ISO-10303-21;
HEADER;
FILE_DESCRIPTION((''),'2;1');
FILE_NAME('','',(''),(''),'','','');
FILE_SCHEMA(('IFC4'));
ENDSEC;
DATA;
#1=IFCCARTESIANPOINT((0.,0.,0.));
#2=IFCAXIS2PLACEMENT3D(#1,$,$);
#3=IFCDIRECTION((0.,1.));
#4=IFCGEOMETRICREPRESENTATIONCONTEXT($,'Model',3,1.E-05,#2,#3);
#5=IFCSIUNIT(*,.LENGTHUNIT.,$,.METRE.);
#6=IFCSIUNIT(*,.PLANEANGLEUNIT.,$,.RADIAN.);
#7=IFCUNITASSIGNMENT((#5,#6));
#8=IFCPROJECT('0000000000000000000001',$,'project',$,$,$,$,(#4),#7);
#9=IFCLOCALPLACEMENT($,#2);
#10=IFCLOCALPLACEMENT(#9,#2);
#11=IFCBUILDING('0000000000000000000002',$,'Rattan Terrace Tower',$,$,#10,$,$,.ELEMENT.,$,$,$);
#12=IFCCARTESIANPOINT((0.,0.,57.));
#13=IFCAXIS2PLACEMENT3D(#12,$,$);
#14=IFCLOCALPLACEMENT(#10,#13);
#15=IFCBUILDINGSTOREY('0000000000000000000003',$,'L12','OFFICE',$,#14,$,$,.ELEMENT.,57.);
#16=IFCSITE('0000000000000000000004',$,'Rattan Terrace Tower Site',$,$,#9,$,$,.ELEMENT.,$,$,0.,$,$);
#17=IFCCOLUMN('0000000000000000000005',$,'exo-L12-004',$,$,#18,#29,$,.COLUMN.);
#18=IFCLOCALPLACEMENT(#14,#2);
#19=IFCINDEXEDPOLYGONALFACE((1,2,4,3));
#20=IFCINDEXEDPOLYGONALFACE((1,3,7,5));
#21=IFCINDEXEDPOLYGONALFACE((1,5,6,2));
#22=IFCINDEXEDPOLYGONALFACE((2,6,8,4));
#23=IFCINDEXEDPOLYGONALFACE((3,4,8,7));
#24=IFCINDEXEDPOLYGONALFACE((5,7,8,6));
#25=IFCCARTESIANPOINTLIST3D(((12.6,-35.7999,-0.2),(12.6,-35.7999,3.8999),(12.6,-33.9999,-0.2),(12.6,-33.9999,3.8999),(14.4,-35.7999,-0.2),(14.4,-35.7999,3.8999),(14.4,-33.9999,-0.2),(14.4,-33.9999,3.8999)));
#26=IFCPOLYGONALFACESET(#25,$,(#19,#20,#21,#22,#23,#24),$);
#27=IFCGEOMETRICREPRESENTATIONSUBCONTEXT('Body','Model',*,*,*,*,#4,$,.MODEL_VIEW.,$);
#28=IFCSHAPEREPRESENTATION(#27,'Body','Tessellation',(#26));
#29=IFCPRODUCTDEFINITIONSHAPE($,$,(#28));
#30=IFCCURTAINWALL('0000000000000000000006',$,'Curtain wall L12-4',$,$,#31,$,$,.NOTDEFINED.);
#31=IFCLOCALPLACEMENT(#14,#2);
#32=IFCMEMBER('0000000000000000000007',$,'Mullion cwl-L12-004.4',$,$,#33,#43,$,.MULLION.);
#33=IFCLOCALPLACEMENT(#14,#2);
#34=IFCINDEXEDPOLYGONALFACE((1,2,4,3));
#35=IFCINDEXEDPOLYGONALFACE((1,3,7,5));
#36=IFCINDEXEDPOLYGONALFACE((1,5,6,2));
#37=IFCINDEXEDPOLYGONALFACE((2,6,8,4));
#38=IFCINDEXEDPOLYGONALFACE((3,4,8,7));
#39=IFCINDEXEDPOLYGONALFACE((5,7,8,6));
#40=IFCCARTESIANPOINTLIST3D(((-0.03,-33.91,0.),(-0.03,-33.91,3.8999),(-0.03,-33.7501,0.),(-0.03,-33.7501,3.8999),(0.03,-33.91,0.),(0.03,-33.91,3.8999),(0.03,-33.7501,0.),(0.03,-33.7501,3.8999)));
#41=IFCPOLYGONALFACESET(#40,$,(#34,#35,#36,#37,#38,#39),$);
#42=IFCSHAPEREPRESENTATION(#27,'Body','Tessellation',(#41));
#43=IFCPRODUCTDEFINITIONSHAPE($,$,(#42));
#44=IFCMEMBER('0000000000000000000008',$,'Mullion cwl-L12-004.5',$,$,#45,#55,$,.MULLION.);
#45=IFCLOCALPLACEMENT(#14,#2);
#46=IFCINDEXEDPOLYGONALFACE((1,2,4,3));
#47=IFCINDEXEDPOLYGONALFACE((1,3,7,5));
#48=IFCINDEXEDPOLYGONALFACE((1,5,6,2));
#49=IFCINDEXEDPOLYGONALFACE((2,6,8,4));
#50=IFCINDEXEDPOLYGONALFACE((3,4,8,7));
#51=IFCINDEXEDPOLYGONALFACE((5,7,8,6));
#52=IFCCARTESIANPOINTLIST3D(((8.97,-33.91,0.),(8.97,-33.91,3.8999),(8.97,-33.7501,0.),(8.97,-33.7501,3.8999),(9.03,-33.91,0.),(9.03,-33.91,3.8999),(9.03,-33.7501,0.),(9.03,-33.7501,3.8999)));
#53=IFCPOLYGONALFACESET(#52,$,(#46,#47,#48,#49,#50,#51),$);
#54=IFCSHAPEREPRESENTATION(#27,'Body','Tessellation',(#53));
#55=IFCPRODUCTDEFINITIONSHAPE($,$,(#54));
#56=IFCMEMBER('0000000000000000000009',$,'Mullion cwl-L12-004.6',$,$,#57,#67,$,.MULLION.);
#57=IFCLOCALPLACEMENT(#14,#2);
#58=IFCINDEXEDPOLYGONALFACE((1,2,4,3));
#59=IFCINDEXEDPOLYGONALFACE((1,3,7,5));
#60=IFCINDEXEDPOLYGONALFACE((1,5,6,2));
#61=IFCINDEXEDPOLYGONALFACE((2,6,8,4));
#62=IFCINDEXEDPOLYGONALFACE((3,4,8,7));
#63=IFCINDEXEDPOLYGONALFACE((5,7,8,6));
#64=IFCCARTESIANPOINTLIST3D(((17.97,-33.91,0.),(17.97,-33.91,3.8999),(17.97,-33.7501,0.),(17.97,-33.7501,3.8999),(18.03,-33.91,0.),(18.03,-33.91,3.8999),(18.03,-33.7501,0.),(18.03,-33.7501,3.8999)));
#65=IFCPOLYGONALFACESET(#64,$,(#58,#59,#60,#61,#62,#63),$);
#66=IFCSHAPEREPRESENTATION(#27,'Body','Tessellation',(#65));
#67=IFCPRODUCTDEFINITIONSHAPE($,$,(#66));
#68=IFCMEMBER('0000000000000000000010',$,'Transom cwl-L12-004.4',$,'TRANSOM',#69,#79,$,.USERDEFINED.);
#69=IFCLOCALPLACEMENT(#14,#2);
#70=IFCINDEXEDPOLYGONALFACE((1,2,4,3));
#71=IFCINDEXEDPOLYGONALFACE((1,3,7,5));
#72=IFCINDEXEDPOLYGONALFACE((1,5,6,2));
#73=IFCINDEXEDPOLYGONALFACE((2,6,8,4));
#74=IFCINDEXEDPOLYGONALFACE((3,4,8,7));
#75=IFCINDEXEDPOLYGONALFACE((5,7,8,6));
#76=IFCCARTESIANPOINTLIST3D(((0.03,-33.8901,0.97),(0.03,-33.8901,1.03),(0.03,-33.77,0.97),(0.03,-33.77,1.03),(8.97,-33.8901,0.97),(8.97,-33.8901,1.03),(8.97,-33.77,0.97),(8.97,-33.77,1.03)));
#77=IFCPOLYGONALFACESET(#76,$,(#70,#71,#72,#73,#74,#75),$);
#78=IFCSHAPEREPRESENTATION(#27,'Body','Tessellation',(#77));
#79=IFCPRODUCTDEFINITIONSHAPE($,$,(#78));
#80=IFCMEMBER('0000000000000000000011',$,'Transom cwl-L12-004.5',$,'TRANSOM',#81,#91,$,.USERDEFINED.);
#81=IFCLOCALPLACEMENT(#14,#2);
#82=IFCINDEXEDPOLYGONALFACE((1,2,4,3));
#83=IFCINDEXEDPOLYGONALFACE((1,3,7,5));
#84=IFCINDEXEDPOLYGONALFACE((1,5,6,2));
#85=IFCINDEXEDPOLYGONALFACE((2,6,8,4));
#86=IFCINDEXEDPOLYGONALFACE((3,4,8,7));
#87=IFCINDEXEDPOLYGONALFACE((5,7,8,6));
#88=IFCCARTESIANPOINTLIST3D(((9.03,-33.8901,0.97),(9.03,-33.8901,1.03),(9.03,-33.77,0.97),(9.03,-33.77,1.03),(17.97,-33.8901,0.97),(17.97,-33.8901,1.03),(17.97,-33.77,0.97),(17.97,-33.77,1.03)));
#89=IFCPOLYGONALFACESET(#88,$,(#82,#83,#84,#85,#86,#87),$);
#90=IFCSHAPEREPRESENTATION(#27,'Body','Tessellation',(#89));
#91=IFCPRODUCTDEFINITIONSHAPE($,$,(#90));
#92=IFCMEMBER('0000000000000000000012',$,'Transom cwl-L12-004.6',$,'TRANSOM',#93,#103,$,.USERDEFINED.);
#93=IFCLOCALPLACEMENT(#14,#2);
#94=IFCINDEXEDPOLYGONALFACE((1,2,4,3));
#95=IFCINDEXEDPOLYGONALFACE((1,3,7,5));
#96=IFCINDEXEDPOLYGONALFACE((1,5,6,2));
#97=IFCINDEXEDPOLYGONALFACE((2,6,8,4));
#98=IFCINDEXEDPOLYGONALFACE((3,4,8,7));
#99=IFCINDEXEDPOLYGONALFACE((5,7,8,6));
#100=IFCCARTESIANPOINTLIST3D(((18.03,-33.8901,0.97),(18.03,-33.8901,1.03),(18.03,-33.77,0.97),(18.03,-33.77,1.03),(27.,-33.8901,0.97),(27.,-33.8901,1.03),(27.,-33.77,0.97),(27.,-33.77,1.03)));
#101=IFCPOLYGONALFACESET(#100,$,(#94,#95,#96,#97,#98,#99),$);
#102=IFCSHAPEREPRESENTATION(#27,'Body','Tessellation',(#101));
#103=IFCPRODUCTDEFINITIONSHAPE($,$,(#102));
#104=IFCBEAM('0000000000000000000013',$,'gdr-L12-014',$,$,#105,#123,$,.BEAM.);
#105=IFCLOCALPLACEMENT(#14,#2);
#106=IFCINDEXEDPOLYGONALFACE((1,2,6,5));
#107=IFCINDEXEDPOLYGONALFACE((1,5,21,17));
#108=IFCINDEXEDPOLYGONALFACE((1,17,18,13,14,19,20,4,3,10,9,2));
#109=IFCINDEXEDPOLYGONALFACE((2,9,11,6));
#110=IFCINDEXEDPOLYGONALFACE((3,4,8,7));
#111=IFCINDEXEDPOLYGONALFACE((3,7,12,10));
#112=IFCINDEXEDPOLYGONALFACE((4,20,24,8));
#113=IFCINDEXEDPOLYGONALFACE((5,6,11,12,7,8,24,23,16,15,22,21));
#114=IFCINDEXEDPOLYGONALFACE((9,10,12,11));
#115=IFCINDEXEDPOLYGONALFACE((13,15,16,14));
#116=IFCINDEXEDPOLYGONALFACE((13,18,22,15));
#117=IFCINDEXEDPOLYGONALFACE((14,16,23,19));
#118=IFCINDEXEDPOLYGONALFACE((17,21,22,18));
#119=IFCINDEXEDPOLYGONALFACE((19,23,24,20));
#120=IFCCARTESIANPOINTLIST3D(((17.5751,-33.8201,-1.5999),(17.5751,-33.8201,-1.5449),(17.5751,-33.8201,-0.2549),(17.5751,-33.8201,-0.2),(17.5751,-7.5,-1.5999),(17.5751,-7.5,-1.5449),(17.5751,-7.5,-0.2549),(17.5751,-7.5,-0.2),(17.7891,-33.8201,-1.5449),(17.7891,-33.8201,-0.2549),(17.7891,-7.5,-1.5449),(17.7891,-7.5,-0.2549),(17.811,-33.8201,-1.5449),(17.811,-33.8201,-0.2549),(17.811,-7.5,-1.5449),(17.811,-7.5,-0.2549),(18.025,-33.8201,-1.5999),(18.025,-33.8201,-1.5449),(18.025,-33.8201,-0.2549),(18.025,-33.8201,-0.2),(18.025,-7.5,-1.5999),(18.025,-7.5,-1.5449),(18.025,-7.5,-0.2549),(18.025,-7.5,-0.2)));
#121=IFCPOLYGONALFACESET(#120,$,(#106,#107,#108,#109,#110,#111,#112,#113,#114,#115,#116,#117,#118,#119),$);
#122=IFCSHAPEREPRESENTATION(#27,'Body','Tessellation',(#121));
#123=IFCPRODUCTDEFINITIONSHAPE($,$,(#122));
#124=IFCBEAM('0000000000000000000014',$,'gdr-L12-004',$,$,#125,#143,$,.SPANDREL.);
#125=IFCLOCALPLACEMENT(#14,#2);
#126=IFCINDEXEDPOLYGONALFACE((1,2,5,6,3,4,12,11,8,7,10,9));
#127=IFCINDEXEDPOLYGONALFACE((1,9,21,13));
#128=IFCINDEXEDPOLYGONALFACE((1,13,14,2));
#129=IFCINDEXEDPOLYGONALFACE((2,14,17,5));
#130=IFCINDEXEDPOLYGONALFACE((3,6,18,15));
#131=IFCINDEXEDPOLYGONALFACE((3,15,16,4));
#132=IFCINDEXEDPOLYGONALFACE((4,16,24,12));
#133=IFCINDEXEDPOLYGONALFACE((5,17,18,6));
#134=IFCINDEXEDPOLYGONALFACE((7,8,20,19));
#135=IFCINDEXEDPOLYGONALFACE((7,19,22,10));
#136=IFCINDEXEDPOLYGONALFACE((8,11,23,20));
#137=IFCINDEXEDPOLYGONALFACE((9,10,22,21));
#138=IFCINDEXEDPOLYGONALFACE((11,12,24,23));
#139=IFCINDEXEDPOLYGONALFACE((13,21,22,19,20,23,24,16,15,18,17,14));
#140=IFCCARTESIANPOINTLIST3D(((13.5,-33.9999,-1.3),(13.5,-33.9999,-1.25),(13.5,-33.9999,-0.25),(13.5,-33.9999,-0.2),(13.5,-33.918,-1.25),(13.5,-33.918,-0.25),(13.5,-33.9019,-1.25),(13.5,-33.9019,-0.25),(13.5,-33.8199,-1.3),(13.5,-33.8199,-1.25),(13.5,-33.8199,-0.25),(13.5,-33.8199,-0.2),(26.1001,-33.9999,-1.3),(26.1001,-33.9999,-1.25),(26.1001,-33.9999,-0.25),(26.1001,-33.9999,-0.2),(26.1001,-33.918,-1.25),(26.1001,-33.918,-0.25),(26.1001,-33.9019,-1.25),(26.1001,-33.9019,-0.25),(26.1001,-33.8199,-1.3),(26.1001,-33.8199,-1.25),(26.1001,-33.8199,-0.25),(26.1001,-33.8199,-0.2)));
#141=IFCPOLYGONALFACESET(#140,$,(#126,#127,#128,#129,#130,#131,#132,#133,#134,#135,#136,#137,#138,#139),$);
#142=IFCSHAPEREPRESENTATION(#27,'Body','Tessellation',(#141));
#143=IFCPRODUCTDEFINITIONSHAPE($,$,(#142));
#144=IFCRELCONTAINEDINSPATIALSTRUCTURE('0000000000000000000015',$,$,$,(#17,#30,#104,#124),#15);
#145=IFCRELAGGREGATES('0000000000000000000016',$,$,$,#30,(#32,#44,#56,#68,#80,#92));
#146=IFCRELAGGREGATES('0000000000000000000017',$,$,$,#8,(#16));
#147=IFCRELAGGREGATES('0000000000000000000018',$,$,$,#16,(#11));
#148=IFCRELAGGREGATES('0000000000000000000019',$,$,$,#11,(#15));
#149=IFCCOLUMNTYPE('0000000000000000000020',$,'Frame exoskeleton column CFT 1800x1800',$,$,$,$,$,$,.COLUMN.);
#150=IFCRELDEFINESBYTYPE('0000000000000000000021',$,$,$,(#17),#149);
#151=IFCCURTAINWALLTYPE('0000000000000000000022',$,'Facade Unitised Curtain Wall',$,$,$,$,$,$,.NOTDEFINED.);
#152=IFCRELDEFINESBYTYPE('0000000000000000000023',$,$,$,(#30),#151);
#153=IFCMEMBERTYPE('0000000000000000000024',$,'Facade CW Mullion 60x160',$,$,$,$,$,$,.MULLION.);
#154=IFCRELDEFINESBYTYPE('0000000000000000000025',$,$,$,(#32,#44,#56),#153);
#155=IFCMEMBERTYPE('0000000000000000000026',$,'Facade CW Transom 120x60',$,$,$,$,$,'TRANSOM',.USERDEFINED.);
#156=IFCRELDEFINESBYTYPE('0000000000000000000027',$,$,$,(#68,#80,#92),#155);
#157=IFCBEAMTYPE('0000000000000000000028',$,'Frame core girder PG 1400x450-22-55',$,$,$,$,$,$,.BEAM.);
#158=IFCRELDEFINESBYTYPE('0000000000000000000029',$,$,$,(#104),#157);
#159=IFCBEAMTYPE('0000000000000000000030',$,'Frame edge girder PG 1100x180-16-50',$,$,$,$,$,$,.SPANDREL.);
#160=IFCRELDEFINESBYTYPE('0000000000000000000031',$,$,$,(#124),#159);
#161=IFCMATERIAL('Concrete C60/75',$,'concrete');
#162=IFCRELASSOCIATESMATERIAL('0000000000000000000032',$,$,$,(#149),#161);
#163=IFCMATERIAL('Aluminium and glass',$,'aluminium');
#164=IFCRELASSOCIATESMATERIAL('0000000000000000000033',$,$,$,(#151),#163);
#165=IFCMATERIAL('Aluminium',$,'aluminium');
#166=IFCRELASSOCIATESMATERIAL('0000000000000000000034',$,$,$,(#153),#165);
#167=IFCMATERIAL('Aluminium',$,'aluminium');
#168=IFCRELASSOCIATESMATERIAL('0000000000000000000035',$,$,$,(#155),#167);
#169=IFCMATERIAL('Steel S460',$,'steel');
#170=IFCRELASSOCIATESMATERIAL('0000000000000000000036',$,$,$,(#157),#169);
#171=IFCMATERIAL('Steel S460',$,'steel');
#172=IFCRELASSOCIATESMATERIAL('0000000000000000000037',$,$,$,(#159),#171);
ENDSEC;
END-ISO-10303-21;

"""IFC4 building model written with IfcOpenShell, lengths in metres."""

from ifc_helpers import new_model, si_unit, direction, frame, origin, origin_2d, place, context, subcontext, project, spatial, rectangle, i_section, extrude, material, material_profile, profile_set, type_object, element, aggregate, save


model = new_model("IFC4")

# Units and contexts
model_context = context("Model", 3, precision=1e-05, world=origin(), true_north=direction((0.0, 1.0)))
body_context = subcontext(model_context, "Body", "Model", "MODEL_VIEW")
ifc_project = project(units=[si_unit("LENGTHUNIT", "METRE"), si_unit("PLANEANGLEUNIT", "RADIAN")], contexts=[model_context])

# Site, building, storey
site_placement = place(None, origin())
site = spatial("IfcSite", under=ifc_project, at=site_placement, Name="Rattan Terrace Tower Site", CompositionType="ELEMENT", RefElevation=0.0)
building_placement = place(site_placement, origin())
building = spatial("IfcBuilding", under=site, at=building_placement, Name="Rattan Terrace Tower", CompositionType="ELEMENT")
storey_placement = place(building_placement, frame((0.0, 0.0, 57.0)))
storey = spatial("IfcBuildingStorey", under=building, at=storey_placement, Name="L12", Description="OFFICE", CompositionType="ELEMENT", Elevation=57.0)

# Column
ifc_material_1 = material(Name="Concrete C60/75", Category="concrete")
ifc_material_profile_1 = material_profile(ifc_material_1, rectangle(XDim=1.8, YDim=1.8, at=origin_2d()), Name="CFT 1800x1800")
ifc_profile_set_1 = profile_set([ifc_material_profile_1], Name="Concrete C60/75")
column_type = type_object("IfcColumnType", Name="Frame exoskeleton column CFT 1800x1800", PredefinedType="COLUMN", material=ifc_profile_set_1)
column_placement = place(storey_placement, frame((13.5, -34.8999, -0.2), z_axis=(0.0, 0.0, 1.0), x_axis=(1.0, 0.0, 0.0)))
element("IfcColumn", 1, at=column_placement, inside=storey, type_object=column_type, Name="exo-L12-004", PredefinedType="COLUMN", context=body_context, shape_type="SweptSolid", body=[
    extrude(rectangle(XDim=1.8, YDim=1.8, at=origin_2d()), origin(), (0.0, 0.0, 1.0), 4.0999),
])

# Curtain wall, members
ifc_material_2 = material(Name="Aluminium and glass", Category="aluminium")
curtain_wall_type = type_object("IfcCurtainWallType", Name="Facade Unitised Curtain Wall", PredefinedType="NOTDEFINED", material=ifc_material_2)
curtain_wall_placement = place(storey_placement, origin())
curtain_wall = element("IfcCurtainWall", 2, at=curtain_wall_placement, inside=storey, type_object=curtain_wall_type, Name="Curtain wall L12-4", PredefinedType="NOTDEFINED")
ifc_material_3 = material(Name="Aluminium", Category="aluminium")
ifc_material_profile_2 = material_profile(ifc_material_3, rectangle(XDim=0.0601, YDim=0.1599, at=origin_2d()), Name="Aluminium 60x160")
ifc_profile_set_2 = profile_set([ifc_material_profile_2], Name="Aluminium")
member_type_1 = type_object("IfcMemberType", Name="Facade CW Mullion 60x160", PredefinedType="MULLION", material=ifc_profile_set_2)
member_1_placement = place(storey_placement, frame((0.0, -33.8301, 0.0), z_axis=(0.0, 0.0, 1.0), x_axis=(1.0, 0.0, 0.0)))
member_1 = element("IfcMember", 3, at=member_1_placement, type_object=member_type_1, Name="Mullion cwl-L12-004.4", PredefinedType="MULLION", context=body_context, shape_type="SweptSolid", body=[
    extrude(rectangle(XDim=0.0601, YDim=0.1599, at=origin_2d()), origin(), (0.0, 0.0, 1.0), 3.8999),
])
member_2_placement = place(storey_placement, frame((9.0, -33.8301, 0.0), z_axis=(0.0, 0.0, 1.0), x_axis=(1.0, 0.0, 0.0)))
member_2 = element("IfcMember", 4, at=member_2_placement, type_object=member_type_1, Name="Mullion cwl-L12-004.5", PredefinedType="MULLION", context=body_context, shape_type="SweptSolid", body=[
    extrude(rectangle(XDim=0.0601, YDim=0.1599, at=origin_2d()), origin(), (0.0, 0.0, 1.0), 3.8999),
])
member_3_placement = place(storey_placement, frame((18.0, -33.8301, 0.0), z_axis=(0.0, 0.0, 1.0), x_axis=(1.0, 0.0, 0.0)))
member_3 = element("IfcMember", 5, at=member_3_placement, type_object=member_type_1, Name="Mullion cwl-L12-004.6", PredefinedType="MULLION", context=body_context, shape_type="SweptSolid", body=[
    extrude(rectangle(XDim=0.0601, YDim=0.1599, at=origin_2d()), origin(), (0.0, 0.0, 1.0), 3.8999),
])
ifc_material_4 = material(Name="Aluminium", Category="aluminium")
ifc_material_profile_3 = material_profile(ifc_material_4, rectangle(XDim=0.1201, YDim=0.0601, at=origin_2d()), Name="Aluminium 120x60")
ifc_profile_set_3 = profile_set([ifc_material_profile_3], Name="Aluminium")
member_type_2 = type_object("IfcMemberType", Name="Facade CW Transom 120x60", ElementType="TRANSOM", PredefinedType="USERDEFINED", material=ifc_profile_set_3)
member_4_placement = place(storey_placement, frame((0.03, -33.8301, 1.0), z_axis=(1.0, 0.0, 0.0), x_axis=(0.0, 1.0, 0.0)))
member_4 = element("IfcMember", 6, at=member_4_placement, type_object=member_type_2, Name="Transom cwl-L12-004.4", ObjectType="TRANSOM", PredefinedType="USERDEFINED", context=body_context, shape_type="SweptSolid", body=[
    extrude(rectangle(XDim=0.1201, YDim=0.0601, at=origin_2d()), origin(), (0.0, 0.0, 1.0), 8.9399),
])
member_5_placement = place(storey_placement, frame((9.03, -33.8301, 1.0), z_axis=(1.0, 0.0, 0.0), x_axis=(0.0, 1.0, 0.0)))
member_5 = element("IfcMember", 7, at=member_5_placement, type_object=member_type_2, Name="Transom cwl-L12-004.5", ObjectType="TRANSOM", PredefinedType="USERDEFINED", context=body_context, shape_type="SweptSolid", body=[
    extrude(rectangle(XDim=0.1201, YDim=0.0601, at=origin_2d()), origin(), (0.0, 0.0, 1.0), 8.9399),
])
member_6_placement = place(storey_placement, frame((18.03, -33.8301, 1.0), z_axis=(1.0, 0.0, 0.0), x_axis=(0.0, 1.0, 0.0)))
member_6 = element("IfcMember", 8, at=member_6_placement, type_object=member_type_2, Name="Transom cwl-L12-004.6", ObjectType="TRANSOM", PredefinedType="USERDEFINED", context=body_context, shape_type="SweptSolid", body=[
    extrude(rectangle(XDim=0.1201, YDim=0.0601, at=origin_2d()), origin(), (0.0, 0.0, 1.0), 8.97),
])

# Beams
ifc_material_5 = material(Name="Steel S460", Category="steel")
ifc_material_profile_4 = material_profile(ifc_material_5, i_section(OverallWidth=0.45, OverallDepth=1.3999, WebThickness=0.022, FlangeThickness=0.0549, at=origin_2d()), Name="PG 1400x450-22-55")
ifc_profile_set_4 = profile_set([ifc_material_profile_4], Name="Steel S460")
beam_type_1 = type_object("IfcBeamType", Name="Frame core girder PG 1400x450-22-55", PredefinedType="BEAM", material=ifc_profile_set_4)
beam_1_placement = place(storey_placement, frame((17.8, -33.8201, -0.8999), z_axis=(0.0, 1.0, 0.0), x_axis=(-1.0, 0.0, 0.0)))
element("IfcBeam", 9, at=beam_1_placement, inside=storey, type_object=beam_type_1, Name="gdr-L12-014", PredefinedType="BEAM", context=body_context, shape_type="SweptSolid", body=[
    extrude(i_section(OverallWidth=0.45, OverallDepth=1.3999, WebThickness=0.022, FlangeThickness=0.0549, at=origin_2d()), origin(), (0.0, 0.0, 1.0), 26.3201),
])
ifc_material_6 = material(Name="Steel S460", Category="steel")
ifc_material_profile_5 = material_profile(ifc_material_6, i_section(OverallWidth=0.1799, OverallDepth=1.1001, WebThickness=0.0161, FlangeThickness=0.05, at=origin_2d()), Name="PG 1100x180-16-50")
ifc_profile_set_5 = profile_set([ifc_material_profile_5], Name="Steel S460")
beam_type_2 = type_object("IfcBeamType", Name="Frame edge girder PG 1100x180-16-50", PredefinedType="SPANDREL", material=ifc_profile_set_5)
beam_2_placement = place(storey_placement, frame((13.5, -33.9099, -0.75), z_axis=(1.0, 0.0, 0.0), x_axis=(0.0, 1.0, 0.0)))
element("IfcBeam", 10, at=beam_2_placement, inside=storey, type_object=beam_type_2, Name="gdr-L12-004", PredefinedType="SPANDREL", context=body_context, shape_type="SweptSolid", body=[
    extrude(i_section(OverallWidth=0.1799, OverallDepth=1.1001, WebThickness=0.0161, FlangeThickness=0.05, at=origin_2d()), origin(), (0.0, 0.0, 1.0), 12.6001),
])

aggregate(curtain_wall, [member_1, member_2, member_3, member_4, member_5, member_6])

save(model, "model.ifc")
